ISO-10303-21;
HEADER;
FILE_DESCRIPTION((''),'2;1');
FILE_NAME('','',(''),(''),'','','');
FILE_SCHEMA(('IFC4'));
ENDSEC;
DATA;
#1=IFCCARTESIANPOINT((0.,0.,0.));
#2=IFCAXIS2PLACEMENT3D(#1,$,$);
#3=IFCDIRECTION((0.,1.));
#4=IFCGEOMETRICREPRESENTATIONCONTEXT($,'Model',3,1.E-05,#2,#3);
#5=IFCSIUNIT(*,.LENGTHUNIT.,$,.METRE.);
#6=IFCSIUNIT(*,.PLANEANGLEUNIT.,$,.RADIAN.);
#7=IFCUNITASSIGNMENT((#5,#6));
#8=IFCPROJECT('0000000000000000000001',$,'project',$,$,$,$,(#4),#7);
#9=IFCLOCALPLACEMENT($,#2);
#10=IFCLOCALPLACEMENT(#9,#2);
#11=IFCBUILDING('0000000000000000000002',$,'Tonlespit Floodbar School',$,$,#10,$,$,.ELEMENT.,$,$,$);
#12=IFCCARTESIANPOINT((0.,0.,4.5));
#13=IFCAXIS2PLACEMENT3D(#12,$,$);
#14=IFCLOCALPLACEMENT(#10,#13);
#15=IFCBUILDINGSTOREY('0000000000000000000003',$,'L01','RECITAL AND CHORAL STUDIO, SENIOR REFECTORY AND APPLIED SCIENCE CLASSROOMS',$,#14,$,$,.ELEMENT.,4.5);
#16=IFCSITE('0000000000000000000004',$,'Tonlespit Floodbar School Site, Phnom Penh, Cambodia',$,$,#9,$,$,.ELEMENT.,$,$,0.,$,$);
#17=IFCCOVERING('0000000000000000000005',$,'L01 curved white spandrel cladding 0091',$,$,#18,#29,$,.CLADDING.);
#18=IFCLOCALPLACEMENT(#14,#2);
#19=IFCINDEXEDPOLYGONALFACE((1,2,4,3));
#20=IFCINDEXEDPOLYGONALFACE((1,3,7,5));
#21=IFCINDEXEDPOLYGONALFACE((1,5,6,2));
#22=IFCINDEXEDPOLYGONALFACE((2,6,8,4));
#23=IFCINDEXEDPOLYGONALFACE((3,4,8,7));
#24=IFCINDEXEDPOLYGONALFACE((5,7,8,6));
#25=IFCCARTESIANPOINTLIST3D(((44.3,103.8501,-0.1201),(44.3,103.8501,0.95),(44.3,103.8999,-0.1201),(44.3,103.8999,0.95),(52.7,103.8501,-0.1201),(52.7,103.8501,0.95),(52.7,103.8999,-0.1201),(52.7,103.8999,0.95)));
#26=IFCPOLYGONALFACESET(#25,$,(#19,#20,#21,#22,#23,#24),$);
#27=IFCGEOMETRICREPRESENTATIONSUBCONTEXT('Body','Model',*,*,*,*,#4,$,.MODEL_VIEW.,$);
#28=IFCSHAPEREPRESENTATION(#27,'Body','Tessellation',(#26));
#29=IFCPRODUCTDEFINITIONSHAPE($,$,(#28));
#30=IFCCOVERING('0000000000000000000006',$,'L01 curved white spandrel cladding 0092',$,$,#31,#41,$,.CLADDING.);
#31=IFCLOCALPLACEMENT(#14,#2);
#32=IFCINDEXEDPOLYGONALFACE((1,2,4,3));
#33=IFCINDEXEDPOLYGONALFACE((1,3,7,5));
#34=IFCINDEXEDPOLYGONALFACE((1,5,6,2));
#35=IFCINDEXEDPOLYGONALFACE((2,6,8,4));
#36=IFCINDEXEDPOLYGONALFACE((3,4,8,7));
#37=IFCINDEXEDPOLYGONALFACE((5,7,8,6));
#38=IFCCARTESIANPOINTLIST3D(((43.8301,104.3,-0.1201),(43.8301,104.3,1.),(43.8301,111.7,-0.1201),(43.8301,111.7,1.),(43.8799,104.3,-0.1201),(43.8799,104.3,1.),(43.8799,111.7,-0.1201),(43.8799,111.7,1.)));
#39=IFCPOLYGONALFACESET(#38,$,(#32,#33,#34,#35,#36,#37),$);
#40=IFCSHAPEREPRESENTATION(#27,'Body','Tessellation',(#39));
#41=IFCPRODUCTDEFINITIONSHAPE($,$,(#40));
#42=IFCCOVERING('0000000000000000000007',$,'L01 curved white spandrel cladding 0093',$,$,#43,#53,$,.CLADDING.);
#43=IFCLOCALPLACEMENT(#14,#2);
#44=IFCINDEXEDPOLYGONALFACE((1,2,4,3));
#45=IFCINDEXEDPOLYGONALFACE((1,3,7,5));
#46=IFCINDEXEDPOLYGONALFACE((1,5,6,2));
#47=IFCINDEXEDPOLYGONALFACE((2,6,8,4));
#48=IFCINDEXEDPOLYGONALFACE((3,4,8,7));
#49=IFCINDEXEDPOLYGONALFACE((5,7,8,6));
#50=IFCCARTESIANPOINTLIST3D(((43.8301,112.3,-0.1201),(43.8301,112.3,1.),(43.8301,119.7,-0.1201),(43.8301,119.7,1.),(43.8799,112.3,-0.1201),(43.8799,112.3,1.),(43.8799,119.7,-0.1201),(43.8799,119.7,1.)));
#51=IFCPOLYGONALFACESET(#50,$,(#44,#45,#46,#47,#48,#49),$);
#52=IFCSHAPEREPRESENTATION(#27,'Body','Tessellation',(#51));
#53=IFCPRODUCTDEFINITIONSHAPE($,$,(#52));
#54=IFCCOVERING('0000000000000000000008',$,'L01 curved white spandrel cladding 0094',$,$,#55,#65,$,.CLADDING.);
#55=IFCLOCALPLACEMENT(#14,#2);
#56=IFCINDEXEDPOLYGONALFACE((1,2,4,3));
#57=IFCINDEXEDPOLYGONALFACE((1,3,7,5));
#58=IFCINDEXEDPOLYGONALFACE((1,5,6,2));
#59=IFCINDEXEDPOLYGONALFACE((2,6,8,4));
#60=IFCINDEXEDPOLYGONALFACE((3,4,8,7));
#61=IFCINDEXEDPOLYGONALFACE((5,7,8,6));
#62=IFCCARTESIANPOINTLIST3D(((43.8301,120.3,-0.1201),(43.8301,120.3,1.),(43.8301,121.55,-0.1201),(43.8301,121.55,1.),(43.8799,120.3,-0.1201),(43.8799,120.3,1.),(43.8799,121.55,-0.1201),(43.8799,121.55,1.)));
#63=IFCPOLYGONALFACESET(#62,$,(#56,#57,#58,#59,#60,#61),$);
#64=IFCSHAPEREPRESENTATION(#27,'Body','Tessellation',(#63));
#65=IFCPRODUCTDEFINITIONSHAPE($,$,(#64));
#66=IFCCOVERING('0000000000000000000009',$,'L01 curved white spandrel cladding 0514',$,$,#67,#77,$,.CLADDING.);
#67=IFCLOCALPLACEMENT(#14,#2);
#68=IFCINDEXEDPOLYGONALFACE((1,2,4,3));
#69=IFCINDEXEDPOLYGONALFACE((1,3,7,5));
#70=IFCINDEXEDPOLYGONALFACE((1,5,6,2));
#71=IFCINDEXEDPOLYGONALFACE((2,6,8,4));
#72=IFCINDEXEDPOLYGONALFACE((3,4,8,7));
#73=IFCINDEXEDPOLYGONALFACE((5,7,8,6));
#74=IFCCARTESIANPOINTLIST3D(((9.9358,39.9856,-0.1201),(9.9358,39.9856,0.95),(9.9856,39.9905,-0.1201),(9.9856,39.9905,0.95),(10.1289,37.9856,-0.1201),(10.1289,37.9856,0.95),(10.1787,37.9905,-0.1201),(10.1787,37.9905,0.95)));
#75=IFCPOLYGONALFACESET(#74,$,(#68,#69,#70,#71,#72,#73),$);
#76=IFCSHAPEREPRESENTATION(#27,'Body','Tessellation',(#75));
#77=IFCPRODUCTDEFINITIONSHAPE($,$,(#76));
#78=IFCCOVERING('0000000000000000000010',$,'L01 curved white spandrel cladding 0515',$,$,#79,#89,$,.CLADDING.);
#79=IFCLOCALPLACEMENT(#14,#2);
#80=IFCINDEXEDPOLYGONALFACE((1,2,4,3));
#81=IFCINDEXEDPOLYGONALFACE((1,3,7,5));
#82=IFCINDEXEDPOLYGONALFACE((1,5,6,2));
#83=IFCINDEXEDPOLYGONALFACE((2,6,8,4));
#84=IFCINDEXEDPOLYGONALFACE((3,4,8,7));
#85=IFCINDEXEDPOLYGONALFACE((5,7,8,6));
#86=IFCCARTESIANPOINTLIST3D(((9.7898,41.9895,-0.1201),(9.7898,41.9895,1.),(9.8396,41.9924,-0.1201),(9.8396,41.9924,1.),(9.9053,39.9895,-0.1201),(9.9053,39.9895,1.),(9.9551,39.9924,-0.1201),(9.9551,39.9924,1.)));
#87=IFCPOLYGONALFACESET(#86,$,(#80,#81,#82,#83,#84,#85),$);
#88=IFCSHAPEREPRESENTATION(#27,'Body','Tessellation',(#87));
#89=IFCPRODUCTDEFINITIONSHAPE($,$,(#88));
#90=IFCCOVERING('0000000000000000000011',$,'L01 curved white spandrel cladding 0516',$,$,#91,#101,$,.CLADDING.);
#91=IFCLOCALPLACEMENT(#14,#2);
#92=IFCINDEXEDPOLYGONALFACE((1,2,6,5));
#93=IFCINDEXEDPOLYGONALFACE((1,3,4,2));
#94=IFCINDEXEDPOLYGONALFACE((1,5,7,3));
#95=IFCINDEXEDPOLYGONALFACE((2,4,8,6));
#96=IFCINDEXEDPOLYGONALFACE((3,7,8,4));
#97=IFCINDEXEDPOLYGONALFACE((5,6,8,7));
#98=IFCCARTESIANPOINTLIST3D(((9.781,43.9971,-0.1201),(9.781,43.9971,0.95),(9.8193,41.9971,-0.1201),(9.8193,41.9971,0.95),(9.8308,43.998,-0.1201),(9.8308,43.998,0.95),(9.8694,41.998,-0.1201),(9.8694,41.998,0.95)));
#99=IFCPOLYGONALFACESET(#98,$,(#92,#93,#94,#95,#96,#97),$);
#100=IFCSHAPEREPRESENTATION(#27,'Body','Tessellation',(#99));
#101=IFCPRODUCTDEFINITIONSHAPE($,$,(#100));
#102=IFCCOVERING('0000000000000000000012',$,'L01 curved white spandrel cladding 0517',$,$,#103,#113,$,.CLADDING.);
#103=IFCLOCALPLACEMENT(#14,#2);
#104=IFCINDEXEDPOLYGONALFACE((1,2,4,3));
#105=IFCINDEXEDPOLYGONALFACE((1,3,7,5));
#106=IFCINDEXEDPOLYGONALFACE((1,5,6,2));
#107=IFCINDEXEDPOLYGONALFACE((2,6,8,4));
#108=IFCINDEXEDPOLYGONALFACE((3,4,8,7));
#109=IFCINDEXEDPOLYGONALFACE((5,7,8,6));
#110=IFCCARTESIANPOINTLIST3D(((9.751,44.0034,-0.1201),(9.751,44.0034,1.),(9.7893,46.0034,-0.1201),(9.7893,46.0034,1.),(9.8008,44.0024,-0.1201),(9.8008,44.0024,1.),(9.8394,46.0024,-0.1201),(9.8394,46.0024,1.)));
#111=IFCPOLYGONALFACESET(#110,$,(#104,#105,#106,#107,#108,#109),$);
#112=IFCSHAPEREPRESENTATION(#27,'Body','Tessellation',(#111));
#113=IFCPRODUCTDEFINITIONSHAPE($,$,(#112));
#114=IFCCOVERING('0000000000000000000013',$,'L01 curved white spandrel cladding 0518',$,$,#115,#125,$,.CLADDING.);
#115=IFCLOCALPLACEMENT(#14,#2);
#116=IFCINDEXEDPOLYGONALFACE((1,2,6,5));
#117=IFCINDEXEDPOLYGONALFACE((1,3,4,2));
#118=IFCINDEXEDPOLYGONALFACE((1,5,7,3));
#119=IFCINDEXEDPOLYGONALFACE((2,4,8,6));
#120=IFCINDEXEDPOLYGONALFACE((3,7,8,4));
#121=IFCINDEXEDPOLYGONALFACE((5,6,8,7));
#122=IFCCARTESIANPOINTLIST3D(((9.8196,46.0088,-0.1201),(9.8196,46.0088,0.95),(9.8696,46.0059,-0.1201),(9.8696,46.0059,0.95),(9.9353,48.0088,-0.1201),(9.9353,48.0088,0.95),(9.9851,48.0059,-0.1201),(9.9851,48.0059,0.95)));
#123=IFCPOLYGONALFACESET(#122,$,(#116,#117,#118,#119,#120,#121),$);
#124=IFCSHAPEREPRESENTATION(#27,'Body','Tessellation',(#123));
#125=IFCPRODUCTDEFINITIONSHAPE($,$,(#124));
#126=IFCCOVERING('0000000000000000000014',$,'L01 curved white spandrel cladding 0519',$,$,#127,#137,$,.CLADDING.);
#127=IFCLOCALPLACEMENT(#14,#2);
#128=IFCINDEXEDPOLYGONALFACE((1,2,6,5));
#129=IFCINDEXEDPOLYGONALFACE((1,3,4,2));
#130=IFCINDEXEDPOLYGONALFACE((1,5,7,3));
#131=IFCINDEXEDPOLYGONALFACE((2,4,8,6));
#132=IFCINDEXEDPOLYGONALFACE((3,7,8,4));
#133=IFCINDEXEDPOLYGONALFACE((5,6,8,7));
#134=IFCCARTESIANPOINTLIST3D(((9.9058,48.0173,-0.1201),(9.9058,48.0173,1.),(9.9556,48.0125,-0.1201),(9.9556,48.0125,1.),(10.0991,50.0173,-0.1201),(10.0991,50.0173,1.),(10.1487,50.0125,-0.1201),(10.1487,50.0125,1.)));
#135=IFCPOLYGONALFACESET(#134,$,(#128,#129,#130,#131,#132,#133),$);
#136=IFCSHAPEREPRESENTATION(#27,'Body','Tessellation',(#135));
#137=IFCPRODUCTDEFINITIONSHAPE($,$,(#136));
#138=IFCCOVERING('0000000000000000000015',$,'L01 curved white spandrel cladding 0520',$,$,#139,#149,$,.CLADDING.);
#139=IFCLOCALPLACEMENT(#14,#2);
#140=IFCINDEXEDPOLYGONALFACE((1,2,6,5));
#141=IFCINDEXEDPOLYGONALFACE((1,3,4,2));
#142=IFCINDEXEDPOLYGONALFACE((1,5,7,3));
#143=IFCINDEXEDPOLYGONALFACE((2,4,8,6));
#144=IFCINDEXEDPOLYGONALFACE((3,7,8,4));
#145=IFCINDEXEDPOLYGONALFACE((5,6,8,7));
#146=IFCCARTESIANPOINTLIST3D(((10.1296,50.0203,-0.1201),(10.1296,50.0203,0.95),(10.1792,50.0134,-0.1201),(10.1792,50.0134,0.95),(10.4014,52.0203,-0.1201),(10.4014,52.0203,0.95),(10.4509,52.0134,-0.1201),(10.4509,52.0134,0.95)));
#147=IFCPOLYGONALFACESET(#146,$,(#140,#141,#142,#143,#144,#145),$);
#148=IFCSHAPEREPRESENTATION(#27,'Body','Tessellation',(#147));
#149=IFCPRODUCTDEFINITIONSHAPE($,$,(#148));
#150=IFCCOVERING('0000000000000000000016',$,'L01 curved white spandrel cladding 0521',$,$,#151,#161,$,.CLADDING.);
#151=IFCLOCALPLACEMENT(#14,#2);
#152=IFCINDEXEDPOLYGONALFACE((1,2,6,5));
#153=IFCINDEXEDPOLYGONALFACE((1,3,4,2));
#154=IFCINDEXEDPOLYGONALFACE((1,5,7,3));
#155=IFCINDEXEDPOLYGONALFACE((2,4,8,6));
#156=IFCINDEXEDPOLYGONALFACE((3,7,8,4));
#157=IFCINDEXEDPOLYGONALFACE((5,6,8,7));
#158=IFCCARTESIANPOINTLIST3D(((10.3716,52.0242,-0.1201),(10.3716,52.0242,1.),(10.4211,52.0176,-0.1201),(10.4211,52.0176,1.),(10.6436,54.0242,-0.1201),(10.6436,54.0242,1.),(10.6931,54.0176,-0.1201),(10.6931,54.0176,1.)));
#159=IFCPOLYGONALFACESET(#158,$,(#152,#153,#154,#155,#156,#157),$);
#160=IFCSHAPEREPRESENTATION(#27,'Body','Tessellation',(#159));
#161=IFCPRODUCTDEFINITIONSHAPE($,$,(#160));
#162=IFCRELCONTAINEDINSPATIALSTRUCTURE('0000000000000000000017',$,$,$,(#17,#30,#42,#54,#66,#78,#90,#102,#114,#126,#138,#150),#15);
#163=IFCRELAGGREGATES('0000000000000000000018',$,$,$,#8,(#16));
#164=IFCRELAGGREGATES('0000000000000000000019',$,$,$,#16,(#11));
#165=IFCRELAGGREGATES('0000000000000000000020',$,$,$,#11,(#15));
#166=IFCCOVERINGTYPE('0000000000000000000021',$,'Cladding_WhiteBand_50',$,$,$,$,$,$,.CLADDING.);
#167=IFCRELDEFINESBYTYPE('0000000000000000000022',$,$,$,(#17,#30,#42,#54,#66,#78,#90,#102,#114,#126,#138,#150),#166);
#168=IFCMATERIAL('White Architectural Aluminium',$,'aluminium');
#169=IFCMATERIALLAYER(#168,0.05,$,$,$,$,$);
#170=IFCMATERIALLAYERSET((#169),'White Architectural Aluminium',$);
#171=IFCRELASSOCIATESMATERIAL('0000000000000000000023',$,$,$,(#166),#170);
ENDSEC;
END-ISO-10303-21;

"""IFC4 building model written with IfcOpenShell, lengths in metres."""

from ifc_helpers import new_model, si_unit, direction, frame, origin, place, context, subcontext, project, spatial, polyline, outline, extrude, material, layer, layer_set, type_object, element, save


model = new_model("IFC4")

# Units and contexts
model_context = context("Model", 3, precision=1e-05, world=origin(), true_north=direction((0.0, 1.0)))
body_context = subcontext(model_context, "Body", "Model", "MODEL_VIEW")
ifc_project = project(units=[si_unit("LENGTHUNIT", "METRE"), si_unit("PLANEANGLEUNIT", "RADIAN")], contexts=[model_context])

# Site, building, storey
site_placement = place(None, origin())
site = spatial("IfcSite", under=ifc_project, at=site_placement, Name="Tonlespit Floodbar School Site, Phnom Penh, Cambodia", CompositionType="ELEMENT", RefElevation=0.0)
building_placement = place(site_placement, origin())
building = spatial("IfcBuilding", under=site, at=building_placement, Name="Tonlespit Floodbar School", CompositionType="ELEMENT")
storey_placement = place(building_placement, frame((0.0, 0.0, 4.5)))
storey = spatial("IfcBuildingStorey", under=building, at=storey_placement, Name="L01", Description="RECITAL AND CHORAL STUDIO, SENIOR REFECTORY AND APPLIED SCIENCE CLASSROOMS", CompositionType="ELEMENT", Elevation=4.5)

# Coverings
ifc_material = material(Name="White Architectural Aluminium", Category="aluminium")
ifc_layer = layer(ifc_material, 0.05)
ifc_layer_set = layer_set([ifc_layer], Name="White Architectural Aluminium")
covering_type = type_object("IfcCoveringType", Name="Cladding_WhiteBand_50", PredefinedType="CLADDING", material=ifc_layer_set)
covering_1_placement = place(storey_placement, frame((0.0, 0.0, -0.1201)))
element("IfcCovering", 1, at=covering_1_placement, inside=storey, type_object=covering_type, Name="L01 curved white spandrel cladding 0091", PredefinedType="CLADDING", context=body_context, shape_type="SweptSolid", body=[
    extrude(outline(polyline([(52.7, 103.8999), (44.3, 103.8999), (44.3, 103.8501), (52.7, 103.8501), (52.7, 103.8999)])), origin(), (0.0, 0.0, 1.0), 1.0701),
])
covering_2_placement = place(storey_placement, frame((0.0, 0.0, -0.1201)))
element("IfcCovering", 2, at=covering_2_placement, inside=storey, type_object=covering_type, Name="L01 curved white spandrel cladding 0092", PredefinedType="CLADDING", context=body_context, shape_type="SweptSolid", body=[
    extrude(outline(polyline([(43.8799, 104.3), (43.8799, 111.7), (43.8301, 111.7), (43.8301, 104.3), (43.8799, 104.3)])), origin(), (0.0, 0.0, 1.0), 1.1201),
])
covering_3_placement = place(storey_placement, frame((0.0, 0.0, -0.1201)))
element("IfcCovering", 3, at=covering_3_placement, inside=storey, type_object=covering_type, Name="L01 curved white spandrel cladding 0093", PredefinedType="CLADDING", context=body_context, shape_type="SweptSolid", body=[
    extrude(outline(polyline([(43.8799, 112.3), (43.8799, 119.7), (43.8301, 119.7), (43.8301, 112.3), (43.8799, 112.3)])), origin(), (0.0, 0.0, 1.0), 1.1201),
])
covering_4_placement = place(storey_placement, frame((0.0, 0.0, -0.1201)))
element("IfcCovering", 4, at=covering_4_placement, inside=storey, type_object=covering_type, Name="L01 curved white spandrel cladding 0094", PredefinedType="CLADDING", context=body_context, shape_type="SweptSolid", body=[
    extrude(outline(polyline([(43.8799, 120.3), (43.8799, 121.55), (43.8301, 121.55), (43.8301, 120.3), (43.8799, 120.3)])), origin(), (0.0, 0.0, 1.0), 1.1201),
])
covering_5_placement = place(storey_placement, frame((0.0, 0.0, -0.1201)))
element("IfcCovering", 5, at=covering_5_placement, inside=storey, type_object=covering_type, Name="L01 curved white spandrel cladding 0514", PredefinedType="CLADDING", context=body_context, shape_type="SweptSolid", body=[
    extrude(outline(polyline([(10.1787, 37.9905), (9.9856, 39.9905), (9.9358, 39.9856), (10.1289, 37.9856), (10.1787, 37.9905)])), origin(), (0.0, 0.0, 1.0), 1.0701),
])
covering_6_placement = place(storey_placement, frame((0.0, 0.0, -0.1201)))
element("IfcCovering", 6, at=covering_6_placement, inside=storey, type_object=covering_type, Name="L01 curved white spandrel cladding 0515", PredefinedType="CLADDING", context=body_context, shape_type="SweptSolid", body=[
    extrude(outline(polyline([(9.9551, 39.9924), (9.8396, 41.9924), (9.7898, 41.9895), (9.9053, 39.9895), (9.9551, 39.9924)])), origin(), (0.0, 0.0, 1.0), 1.1201),
])
covering_7_placement = place(storey_placement, frame((0.0, 0.0, -0.1201)))
element("IfcCovering", 7, at=covering_7_placement, inside=storey, type_object=covering_type, Name="L01 curved white spandrel cladding 0516", PredefinedType="CLADDING", context=body_context, shape_type="SweptSolid", body=[
    extrude(outline(polyline([(9.8694, 41.998), (9.8308, 43.998), (9.781, 43.9971), (9.8193, 41.9971), (9.8694, 41.998)])), origin(), (0.0, 0.0, 1.0), 1.0701),
])
covering_8_placement = place(storey_placement, frame((0.0, 0.0, -0.1201)))
element("IfcCovering", 8, at=covering_8_placement, inside=storey, type_object=covering_type, Name="L01 curved white spandrel cladding 0517", PredefinedType="CLADDING", context=body_context, shape_type="SweptSolid", body=[
    extrude(outline(polyline([(9.8008, 44.0024), (9.8394, 46.0024), (9.7893, 46.0034), (9.751, 44.0034), (9.8008, 44.0024)])), origin(), (0.0, 0.0, 1.0), 1.1201),
])
covering_9_placement = place(storey_placement, frame((0.0, 0.0, -0.1201)))
element("IfcCovering", 9, at=covering_9_placement, inside=storey, type_object=covering_type, Name="L01 curved white spandrel cladding 0518", PredefinedType="CLADDING", context=body_context, shape_type="SweptSolid", body=[
    extrude(outline(polyline([(9.8696, 46.0059), (9.9851, 48.0059), (9.9353, 48.0088), (9.8196, 46.0088), (9.8696, 46.0059)])), origin(), (0.0, 0.0, 1.0), 1.0701),
])
covering_10_placement = place(storey_placement, frame((0.0, 0.0, -0.1201)))
element("IfcCovering", 10, at=covering_10_placement, inside=storey, type_object=covering_type, Name="L01 curved white spandrel cladding 0519", PredefinedType="CLADDING", context=body_context, shape_type="SweptSolid", body=[
    extrude(outline(polyline([(9.9556, 48.0125), (10.1487, 50.0125), (10.0991, 50.0173), (9.9058, 48.0173), (9.9556, 48.0125)])), origin(), (0.0, 0.0, 1.0), 1.1201),
])
covering_11_placement = place(storey_placement, frame((0.0, 0.0, -0.1201)))
element("IfcCovering", 11, at=covering_11_placement, inside=storey, type_object=covering_type, Name="L01 curved white spandrel cladding 0520", PredefinedType="CLADDING", context=body_context, shape_type="SweptSolid", body=[
    extrude(outline(polyline([(10.1792, 50.0134), (10.4509, 52.0134), (10.4014, 52.0203), (10.1296, 50.0203), (10.1792, 50.0134)])), origin(), (0.0, 0.0, 1.0), 1.0701),
])
covering_12_placement = place(storey_placement, frame((0.0, 0.0, -0.1201)))
element("IfcCovering", 12, at=covering_12_placement, inside=storey, type_object=covering_type, Name="L01 curved white spandrel cladding 0521", PredefinedType="CLADDING", context=body_context, shape_type="SweptSolid", body=[
    extrude(outline(polyline([(10.4211, 52.0176), (10.6931, 54.0176), (10.6436, 54.0242), (10.3716, 52.0242), (10.4211, 52.0176)])), origin(), (0.0, 0.0, 1.0), 1.1201),
])

save(model, "model.ifc")
